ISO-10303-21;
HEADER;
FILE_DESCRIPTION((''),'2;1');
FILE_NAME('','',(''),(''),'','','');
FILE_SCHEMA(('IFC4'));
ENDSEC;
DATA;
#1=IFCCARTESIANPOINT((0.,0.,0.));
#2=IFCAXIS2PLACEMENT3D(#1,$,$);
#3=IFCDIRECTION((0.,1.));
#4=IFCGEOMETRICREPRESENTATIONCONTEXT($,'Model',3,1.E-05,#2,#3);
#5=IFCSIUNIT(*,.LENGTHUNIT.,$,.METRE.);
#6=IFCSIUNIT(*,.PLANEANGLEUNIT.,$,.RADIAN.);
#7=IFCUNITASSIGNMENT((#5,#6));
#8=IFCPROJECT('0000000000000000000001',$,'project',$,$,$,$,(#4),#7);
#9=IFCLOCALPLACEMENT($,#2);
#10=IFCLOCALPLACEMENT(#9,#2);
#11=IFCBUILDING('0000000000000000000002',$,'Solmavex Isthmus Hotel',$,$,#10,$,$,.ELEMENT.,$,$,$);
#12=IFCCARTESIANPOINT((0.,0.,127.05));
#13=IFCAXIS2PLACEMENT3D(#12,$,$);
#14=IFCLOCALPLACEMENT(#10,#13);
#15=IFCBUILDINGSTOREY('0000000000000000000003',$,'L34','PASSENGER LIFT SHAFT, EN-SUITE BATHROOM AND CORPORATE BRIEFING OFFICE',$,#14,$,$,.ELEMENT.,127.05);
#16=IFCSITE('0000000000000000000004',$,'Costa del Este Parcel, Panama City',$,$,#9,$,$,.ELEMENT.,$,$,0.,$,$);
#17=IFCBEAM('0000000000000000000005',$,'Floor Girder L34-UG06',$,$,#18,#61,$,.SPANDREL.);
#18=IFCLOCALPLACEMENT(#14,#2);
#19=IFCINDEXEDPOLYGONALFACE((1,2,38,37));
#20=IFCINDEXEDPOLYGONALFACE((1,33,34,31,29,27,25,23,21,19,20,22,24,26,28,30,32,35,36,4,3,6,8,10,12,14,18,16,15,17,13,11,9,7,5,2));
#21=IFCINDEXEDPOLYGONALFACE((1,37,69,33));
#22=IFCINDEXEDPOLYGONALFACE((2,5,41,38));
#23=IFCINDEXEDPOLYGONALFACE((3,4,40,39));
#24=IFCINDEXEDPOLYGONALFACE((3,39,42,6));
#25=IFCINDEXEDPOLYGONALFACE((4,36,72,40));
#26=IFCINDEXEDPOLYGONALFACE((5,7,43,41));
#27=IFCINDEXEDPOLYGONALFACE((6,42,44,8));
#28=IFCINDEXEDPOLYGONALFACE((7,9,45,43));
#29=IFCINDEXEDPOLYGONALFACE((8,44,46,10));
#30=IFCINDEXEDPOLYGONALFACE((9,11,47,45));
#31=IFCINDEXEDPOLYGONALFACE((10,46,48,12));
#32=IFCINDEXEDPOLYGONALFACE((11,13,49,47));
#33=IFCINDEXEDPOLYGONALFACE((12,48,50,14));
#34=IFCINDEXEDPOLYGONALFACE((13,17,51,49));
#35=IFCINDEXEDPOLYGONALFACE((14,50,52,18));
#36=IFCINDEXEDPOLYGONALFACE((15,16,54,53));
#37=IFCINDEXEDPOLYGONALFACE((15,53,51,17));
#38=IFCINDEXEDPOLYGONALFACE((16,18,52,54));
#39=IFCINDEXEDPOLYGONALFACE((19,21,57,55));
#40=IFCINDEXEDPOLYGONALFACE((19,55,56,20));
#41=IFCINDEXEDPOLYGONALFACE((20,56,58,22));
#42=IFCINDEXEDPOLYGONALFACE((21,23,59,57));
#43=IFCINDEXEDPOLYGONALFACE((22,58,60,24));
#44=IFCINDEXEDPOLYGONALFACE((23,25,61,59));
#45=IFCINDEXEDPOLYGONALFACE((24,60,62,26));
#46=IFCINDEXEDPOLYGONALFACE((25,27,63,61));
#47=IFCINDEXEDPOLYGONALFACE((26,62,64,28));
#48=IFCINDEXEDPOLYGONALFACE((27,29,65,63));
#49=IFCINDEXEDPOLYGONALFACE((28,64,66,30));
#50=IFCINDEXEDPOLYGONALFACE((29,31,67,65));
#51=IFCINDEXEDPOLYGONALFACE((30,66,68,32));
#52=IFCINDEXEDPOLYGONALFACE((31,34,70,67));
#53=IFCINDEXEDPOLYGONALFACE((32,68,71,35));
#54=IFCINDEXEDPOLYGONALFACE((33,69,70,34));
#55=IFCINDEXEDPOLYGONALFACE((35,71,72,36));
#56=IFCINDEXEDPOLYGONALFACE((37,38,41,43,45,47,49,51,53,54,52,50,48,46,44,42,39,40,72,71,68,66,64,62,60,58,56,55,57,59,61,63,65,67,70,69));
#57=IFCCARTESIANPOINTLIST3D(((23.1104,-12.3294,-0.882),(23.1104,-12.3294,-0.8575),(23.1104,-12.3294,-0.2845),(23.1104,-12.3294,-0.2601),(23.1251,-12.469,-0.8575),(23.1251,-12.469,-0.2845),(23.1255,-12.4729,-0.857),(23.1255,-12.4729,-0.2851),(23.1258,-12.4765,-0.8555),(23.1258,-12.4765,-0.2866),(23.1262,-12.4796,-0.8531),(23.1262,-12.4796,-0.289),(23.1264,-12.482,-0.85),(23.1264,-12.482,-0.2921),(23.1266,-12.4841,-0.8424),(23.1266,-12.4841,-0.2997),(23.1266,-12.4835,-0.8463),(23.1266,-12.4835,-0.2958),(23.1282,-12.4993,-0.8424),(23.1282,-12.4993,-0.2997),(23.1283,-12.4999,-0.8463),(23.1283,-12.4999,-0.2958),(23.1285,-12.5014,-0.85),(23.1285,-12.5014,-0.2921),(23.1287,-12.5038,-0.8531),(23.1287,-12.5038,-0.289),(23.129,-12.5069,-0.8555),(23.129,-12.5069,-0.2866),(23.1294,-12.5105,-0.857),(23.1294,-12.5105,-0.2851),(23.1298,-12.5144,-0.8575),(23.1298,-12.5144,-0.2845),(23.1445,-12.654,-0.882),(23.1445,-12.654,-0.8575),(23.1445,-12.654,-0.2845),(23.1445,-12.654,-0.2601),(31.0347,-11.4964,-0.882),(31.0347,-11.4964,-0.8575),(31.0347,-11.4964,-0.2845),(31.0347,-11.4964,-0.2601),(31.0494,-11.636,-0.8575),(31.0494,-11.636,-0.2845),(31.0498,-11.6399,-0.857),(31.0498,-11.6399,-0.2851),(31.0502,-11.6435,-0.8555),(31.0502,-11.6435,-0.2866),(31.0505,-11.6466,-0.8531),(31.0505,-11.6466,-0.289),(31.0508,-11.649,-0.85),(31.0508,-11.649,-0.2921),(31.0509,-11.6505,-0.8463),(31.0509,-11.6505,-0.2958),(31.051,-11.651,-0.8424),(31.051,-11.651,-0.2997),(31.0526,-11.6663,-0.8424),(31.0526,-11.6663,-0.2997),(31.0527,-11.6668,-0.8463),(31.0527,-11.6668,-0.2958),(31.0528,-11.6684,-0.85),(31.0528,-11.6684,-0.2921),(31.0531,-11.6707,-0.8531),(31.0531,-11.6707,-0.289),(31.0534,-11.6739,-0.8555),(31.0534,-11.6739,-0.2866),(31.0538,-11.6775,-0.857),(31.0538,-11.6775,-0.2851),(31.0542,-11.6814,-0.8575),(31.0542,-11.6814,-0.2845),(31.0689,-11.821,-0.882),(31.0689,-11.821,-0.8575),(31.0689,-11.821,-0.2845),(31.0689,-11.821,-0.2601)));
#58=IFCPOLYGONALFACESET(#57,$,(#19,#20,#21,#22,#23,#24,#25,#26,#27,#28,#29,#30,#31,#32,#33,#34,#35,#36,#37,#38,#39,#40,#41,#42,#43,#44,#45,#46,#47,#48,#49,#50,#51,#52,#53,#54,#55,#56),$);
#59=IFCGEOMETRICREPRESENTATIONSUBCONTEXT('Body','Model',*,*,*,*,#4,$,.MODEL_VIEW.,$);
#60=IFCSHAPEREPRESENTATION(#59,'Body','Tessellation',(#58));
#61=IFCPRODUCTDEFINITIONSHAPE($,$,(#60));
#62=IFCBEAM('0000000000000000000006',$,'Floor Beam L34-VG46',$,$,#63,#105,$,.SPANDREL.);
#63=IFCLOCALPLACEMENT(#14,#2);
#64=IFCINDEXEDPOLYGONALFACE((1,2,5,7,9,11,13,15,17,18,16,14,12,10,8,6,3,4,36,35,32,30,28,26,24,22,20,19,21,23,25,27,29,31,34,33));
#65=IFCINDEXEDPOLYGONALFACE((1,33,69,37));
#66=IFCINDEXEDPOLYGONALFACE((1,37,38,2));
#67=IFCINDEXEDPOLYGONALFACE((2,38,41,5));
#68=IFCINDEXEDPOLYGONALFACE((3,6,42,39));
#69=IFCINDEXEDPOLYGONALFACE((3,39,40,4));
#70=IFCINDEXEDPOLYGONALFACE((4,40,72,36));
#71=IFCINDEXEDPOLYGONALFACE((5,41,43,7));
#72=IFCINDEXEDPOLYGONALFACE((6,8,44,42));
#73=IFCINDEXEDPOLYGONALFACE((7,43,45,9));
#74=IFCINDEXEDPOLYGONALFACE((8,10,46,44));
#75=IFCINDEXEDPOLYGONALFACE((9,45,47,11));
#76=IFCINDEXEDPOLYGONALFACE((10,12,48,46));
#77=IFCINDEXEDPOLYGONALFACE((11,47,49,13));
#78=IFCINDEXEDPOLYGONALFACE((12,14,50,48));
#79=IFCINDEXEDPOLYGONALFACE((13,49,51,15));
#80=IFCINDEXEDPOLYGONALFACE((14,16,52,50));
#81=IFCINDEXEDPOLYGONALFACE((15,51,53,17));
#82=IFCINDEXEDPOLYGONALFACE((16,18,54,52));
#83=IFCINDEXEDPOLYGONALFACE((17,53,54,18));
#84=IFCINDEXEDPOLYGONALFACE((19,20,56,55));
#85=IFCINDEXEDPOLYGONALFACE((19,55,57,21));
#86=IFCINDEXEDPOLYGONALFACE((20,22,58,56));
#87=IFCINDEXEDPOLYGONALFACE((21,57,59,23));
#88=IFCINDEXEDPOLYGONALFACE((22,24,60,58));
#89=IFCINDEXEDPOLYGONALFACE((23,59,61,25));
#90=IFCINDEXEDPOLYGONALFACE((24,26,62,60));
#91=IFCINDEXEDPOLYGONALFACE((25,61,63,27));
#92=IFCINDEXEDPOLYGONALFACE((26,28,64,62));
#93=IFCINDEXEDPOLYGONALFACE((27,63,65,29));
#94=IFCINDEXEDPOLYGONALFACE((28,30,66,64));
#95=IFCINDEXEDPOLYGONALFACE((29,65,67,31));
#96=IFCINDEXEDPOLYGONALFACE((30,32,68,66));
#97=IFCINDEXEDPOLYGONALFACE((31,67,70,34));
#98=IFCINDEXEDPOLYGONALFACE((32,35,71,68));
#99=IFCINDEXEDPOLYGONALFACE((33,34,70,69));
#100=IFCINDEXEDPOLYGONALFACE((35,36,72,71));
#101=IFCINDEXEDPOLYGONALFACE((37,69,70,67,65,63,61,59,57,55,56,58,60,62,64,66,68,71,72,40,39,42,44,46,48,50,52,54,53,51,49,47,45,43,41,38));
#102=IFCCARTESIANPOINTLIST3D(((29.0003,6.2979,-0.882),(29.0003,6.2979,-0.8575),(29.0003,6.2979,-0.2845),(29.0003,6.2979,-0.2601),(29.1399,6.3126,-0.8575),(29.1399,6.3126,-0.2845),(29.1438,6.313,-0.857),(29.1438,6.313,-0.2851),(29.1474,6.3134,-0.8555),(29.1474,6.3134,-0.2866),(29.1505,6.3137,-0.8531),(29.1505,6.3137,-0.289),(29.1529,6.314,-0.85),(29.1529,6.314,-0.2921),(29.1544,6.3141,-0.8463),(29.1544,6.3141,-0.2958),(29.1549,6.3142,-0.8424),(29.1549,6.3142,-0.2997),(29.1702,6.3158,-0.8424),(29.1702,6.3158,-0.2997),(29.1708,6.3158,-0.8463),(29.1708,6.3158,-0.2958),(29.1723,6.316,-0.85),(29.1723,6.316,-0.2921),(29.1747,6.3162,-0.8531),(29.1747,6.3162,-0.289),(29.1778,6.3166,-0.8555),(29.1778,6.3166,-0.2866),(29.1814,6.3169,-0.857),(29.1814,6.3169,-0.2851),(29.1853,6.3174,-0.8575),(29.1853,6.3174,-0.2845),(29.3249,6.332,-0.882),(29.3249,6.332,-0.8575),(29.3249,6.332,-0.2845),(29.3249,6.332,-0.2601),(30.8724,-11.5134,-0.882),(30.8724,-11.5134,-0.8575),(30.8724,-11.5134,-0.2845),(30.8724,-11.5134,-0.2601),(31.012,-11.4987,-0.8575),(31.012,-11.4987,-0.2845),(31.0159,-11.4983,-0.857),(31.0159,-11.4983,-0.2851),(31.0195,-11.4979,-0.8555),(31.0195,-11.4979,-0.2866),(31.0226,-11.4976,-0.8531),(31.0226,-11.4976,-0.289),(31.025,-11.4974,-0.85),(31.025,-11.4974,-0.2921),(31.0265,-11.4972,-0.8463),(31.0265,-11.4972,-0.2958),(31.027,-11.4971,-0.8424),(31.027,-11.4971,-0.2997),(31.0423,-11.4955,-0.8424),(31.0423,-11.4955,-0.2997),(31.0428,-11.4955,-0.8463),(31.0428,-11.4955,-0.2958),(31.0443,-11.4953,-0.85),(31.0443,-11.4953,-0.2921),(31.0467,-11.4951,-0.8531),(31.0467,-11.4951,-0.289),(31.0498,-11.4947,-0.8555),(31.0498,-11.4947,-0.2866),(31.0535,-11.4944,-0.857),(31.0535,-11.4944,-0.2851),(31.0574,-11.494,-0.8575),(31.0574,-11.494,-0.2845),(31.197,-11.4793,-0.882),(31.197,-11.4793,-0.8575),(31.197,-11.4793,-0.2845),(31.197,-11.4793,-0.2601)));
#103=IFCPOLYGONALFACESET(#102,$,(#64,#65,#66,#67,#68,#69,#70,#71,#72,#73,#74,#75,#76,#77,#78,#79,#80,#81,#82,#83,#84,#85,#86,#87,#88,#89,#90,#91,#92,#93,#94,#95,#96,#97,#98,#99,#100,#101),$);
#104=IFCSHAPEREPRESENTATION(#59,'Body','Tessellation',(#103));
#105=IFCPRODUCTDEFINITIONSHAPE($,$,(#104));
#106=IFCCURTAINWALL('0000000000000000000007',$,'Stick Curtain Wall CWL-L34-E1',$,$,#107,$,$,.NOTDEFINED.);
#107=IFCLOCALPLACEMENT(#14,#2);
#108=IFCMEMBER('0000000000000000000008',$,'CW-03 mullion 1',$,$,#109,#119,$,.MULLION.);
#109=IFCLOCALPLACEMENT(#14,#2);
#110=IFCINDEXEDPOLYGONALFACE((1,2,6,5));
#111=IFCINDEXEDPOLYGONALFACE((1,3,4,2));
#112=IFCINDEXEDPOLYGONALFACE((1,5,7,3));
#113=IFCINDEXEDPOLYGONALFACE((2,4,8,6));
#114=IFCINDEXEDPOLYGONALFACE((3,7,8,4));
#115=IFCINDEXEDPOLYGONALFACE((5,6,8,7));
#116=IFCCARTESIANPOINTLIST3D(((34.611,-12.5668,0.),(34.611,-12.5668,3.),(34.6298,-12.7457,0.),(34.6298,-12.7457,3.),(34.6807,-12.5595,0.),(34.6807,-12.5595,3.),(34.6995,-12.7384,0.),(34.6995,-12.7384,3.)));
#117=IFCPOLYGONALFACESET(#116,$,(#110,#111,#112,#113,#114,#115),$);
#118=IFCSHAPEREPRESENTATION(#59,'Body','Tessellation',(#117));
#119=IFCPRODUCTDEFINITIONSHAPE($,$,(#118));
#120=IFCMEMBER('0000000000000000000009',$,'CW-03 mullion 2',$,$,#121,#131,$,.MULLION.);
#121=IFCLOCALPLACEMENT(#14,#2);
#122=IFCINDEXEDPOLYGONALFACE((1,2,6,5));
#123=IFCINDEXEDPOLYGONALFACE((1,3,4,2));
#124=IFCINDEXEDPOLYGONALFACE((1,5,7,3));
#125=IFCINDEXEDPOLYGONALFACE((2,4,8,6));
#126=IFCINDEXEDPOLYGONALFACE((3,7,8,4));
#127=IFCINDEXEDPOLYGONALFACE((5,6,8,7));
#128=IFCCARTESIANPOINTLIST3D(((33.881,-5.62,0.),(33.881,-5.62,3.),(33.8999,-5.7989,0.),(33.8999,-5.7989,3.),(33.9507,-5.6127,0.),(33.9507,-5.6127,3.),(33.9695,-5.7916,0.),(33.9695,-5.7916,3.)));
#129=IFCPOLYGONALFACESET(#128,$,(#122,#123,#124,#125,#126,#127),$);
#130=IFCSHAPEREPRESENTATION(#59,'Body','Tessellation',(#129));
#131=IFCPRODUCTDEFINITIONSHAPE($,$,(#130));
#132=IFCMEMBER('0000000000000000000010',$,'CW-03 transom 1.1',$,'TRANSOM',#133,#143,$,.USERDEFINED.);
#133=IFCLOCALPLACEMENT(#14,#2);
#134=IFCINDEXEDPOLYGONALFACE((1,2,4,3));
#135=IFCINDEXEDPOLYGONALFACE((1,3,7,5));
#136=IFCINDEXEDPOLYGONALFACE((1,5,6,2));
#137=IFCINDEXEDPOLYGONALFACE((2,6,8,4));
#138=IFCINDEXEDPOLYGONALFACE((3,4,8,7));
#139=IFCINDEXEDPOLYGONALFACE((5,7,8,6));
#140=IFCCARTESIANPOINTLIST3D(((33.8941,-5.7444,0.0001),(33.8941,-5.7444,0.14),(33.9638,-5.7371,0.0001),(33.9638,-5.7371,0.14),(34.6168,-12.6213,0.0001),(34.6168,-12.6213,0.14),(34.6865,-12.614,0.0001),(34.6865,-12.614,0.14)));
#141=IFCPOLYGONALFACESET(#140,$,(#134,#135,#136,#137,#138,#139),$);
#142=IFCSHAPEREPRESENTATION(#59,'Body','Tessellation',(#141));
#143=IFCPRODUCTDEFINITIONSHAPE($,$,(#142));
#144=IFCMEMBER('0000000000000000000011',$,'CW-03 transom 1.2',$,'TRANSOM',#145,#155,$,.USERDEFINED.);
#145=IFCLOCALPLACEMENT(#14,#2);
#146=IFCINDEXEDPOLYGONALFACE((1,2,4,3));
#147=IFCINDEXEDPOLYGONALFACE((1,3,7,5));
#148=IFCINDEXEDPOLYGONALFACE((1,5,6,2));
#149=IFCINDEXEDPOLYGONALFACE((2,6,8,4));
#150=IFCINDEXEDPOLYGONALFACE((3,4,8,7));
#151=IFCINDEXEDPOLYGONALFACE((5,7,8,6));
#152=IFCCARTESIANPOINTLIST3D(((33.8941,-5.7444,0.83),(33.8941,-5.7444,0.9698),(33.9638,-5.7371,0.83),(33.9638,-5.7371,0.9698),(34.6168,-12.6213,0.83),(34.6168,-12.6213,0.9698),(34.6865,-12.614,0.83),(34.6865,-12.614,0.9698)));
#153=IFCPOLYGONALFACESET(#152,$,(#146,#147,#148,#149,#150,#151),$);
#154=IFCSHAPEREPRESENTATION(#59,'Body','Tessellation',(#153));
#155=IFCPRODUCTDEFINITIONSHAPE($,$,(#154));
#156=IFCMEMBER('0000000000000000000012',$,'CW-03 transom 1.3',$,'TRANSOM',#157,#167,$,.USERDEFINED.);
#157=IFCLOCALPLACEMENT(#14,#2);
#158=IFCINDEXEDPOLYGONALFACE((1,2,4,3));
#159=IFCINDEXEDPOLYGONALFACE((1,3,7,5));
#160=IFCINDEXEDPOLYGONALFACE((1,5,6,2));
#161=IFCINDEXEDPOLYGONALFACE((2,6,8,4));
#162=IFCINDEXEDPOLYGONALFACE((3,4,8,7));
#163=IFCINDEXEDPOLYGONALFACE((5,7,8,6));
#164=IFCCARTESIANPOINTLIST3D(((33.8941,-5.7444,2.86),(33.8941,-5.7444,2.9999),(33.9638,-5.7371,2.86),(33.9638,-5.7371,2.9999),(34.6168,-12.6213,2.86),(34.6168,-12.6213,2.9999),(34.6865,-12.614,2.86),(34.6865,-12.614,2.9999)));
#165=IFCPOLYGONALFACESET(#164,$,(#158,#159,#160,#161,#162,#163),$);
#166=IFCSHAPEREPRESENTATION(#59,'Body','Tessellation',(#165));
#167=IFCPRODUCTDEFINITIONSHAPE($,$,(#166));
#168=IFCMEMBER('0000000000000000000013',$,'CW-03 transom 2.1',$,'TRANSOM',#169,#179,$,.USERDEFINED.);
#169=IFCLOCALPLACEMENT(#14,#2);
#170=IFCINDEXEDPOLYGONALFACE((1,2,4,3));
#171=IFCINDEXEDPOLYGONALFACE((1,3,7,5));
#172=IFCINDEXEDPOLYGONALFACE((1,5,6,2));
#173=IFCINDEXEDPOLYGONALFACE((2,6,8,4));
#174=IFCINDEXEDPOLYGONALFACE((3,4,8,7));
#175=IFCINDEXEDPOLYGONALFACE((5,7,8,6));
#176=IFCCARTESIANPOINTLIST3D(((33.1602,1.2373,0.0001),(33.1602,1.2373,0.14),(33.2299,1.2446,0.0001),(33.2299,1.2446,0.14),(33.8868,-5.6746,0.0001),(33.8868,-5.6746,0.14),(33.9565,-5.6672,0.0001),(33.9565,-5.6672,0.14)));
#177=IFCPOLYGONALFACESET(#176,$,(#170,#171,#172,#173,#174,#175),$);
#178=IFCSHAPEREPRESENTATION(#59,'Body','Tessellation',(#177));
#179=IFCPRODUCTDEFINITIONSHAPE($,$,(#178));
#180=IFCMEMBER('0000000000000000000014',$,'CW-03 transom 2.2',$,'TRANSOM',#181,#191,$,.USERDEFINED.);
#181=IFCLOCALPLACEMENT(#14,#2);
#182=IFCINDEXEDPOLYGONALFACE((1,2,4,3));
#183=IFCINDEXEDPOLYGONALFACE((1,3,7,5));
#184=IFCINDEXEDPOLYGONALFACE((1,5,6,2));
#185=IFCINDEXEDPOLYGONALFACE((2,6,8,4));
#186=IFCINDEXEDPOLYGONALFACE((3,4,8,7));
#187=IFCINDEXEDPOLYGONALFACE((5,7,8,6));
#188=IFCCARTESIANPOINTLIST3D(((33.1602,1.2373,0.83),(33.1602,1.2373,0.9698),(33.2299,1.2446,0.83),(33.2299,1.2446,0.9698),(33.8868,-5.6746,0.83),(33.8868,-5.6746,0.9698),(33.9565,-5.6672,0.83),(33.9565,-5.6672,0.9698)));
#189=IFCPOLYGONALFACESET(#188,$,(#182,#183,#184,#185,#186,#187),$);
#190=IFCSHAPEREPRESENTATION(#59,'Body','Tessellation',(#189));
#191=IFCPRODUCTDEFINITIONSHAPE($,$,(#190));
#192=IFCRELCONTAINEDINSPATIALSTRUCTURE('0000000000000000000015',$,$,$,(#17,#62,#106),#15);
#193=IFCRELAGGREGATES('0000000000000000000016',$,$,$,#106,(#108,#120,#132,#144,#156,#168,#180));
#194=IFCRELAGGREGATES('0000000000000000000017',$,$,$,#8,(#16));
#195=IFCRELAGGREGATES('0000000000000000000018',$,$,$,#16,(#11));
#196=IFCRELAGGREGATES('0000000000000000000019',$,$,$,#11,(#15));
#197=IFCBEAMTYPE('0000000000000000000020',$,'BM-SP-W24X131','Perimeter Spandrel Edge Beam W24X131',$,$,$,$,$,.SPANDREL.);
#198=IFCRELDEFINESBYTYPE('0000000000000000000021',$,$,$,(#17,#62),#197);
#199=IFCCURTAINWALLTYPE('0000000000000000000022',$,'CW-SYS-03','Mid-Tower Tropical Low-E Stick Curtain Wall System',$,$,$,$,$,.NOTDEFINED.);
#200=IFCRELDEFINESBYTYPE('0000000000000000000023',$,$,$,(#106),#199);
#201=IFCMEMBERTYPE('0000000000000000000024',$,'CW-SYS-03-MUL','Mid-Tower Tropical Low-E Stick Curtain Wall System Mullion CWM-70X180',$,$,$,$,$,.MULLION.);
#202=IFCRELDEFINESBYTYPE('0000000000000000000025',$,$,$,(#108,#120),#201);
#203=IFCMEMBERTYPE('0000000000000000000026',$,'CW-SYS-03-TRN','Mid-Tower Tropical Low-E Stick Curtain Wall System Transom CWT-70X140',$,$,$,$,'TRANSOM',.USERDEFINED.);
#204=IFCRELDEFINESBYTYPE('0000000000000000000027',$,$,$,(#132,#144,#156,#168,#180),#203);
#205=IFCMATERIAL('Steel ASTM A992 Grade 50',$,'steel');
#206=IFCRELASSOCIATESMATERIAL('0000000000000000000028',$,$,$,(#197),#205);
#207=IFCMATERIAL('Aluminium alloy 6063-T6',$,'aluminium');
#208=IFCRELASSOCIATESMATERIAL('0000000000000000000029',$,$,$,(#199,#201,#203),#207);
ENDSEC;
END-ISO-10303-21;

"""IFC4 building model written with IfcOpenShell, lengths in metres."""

from ifc_helpers import new_model, si_unit, direction, frame, origin, origin_2d, place, context, subcontext, project, spatial, rectangle, i_section, extrude, material, material_profile, profile_set, type_object, element, aggregate, save


model = new_model("IFC4")

# Units and contexts
model_context = context("Model", 3, precision=1e-05, world=origin(), true_north=direction((0.0, 1.0)))
body_context = subcontext(model_context, "Body", "Model", "MODEL_VIEW")
ifc_project = project(units=[si_unit("LENGTHUNIT", "METRE"), si_unit("PLANEANGLEUNIT", "RADIAN")], contexts=[model_context])

# Site, building, storey
site_placement = place(None, origin())
site = spatial("IfcSite", under=ifc_project, at=site_placement, Name="Costa del Este Parcel, Panama City", CompositionType="ELEMENT", RefElevation=0.0)
building_placement = place(site_placement, origin())
building = spatial("IfcBuilding", under=site, at=building_placement, Name="Solmavex Isthmus Hotel", CompositionType="ELEMENT")
storey_placement = place(building_placement, frame((0.0, 0.0, 127.05)))
storey = spatial("IfcBuildingStorey", under=building, at=storey_placement, Name="L34", Description="PASSENGER LIFT SHAFT, EN-SUITE BATHROOM AND CORPORATE BRIEFING OFFICE", CompositionType="ELEMENT", Elevation=127.05)

# Beams
ifc_material_1 = material(Name="Steel ASTM A992 Grade 50", Category="steel")
ifc_material_profile_1 = material_profile(ifc_material_1, i_section(OverallWidth=0.3264, OverallDepth=0.6218, WebThickness=0.0154, FlangeThickness=0.0244, FilletRadius=0.0151, at=origin_2d()), Name="W24X131")
ifc_profile_set_1 = profile_set([ifc_material_profile_1], Name="Steel ASTM A992 Grade 50")
beam_type_1 = type_object("IfcBeamType", Name="BM-SP-W24X131", Description="Perimeter Spandrel Edge Beam W24X131", PredefinedType="SPANDREL", material=ifc_profile_set_1)
beam_1_placement = place(storey_placement, frame((23.1274, -12.4917, -0.571), z_axis=(0.99452, 0.104544, 0.0), x_axis=(-0.104544, 0.99452, 0.0)))
element("IfcBeam", 1, at=beam_1_placement, inside=storey, type_object=beam_type_1, Name="Floor Girder L34-UG06", PredefinedType="SPANDREL", context=body_context, shape_type="SweptSolid", body=[
    extrude(i_section(OverallWidth=0.3264, OverallDepth=0.6218, WebThickness=0.0154, FlangeThickness=0.0244, FilletRadius=0.0151, at=origin_2d()), origin(), (0.0, 0.0, 1.0), 7.968),
])
beam_2_placement = place(storey_placement, frame((31.0347, -11.4963, -0.571), z_axis=(-0.10453, 0.994522, 0.0), x_axis=(-0.994522, -0.10453, 0.0)))
element("IfcBeam", 2, at=beam_2_placement, inside=storey, type_object=beam_type_1, Name="Floor Beam L34-VG46", PredefinedType="SPANDREL", context=body_context, shape_type="SweptSolid", body=[
    extrude(i_section(OverallWidth=0.3264, OverallDepth=0.6218, WebThickness=0.0154, FlangeThickness=0.0244, FilletRadius=0.0151, at=origin_2d()), origin(), (0.0, 0.0, 1.0), 17.9094),
])

# Curtain wall, members
ifc_material_2 = material(Name="Aluminium alloy 6063-T6", Category="aluminium")
curtain_wall_type = type_object("IfcCurtainWallType", Name="CW-SYS-03", Description="Mid-Tower Tropical Low-E Stick Curtain Wall System", PredefinedType="NOTDEFINED", material=ifc_material_2)
curtain_wall_placement = place(storey_placement, origin())
curtain_wall = element("IfcCurtainWall", 3, at=curtain_wall_placement, inside=storey, type_object=curtain_wall_type, Name="Stick Curtain Wall CWL-L34-E1", PredefinedType="NOTDEFINED")
ifc_material_profile_2 = material_profile(ifc_material_2, rectangle(XDim=0.0701, YDim=0.1799, at=origin_2d()), Name="CWM-70X180")
ifc_profile_set_2 = profile_set([ifc_material_profile_2], Name="Aluminium alloy 6063-T6")
member_type_1 = type_object("IfcMemberType", Name="CW-SYS-03-MUL", Description="Mid-Tower Tropical Low-E Stick Curtain Wall System Mullion CWM-70X180", PredefinedType="MULLION", material=ifc_profile_set_2)
member_1_placement = place(storey_placement, frame((34.6553, -12.6526, 0.0), z_axis=(0.0, 0.0, 1.0), x_axis=(-0.994522, -0.104528, 0.0)))
member_1 = element("IfcMember", 4, at=member_1_placement, type_object=member_type_1, Name="CW-03 mullion 1", PredefinedType="MULLION", context=body_context, shape_type="SweptSolid", body=[
    extrude(rectangle(XDim=0.0701, YDim=0.1799, at=origin_2d()), origin(), (0.0, 0.0, 1.0), 3.0),
])
member_2_placement = place(storey_placement, frame((33.9253, -5.7058, 0.0), z_axis=(0.0, 0.0, 1.0), x_axis=(-0.994522, -0.104528, 0.0)))
member_2 = element("IfcMember", 5, at=member_2_placement, type_object=member_type_1, Name="CW-03 mullion 2", PredefinedType="MULLION", context=body_context, shape_type="SweptSolid", body=[
    extrude(rectangle(XDim=0.0701, YDim=0.1799, at=origin_2d()), origin(), (0.0, 0.0, 1.0), 3.0),
])
ifc_material_profile_3 = material_profile(ifc_material_2, rectangle(XDim=0.0701, YDim=0.1399, at=origin_2d()), Name="CWT-70X140")
ifc_profile_set_3 = profile_set([ifc_material_profile_3], Name="Aluminium alloy 6063-T6")
member_type_2 = type_object("IfcMemberType", Name="CW-SYS-03-TRN", Description="Mid-Tower Tropical Low-E Stick Curtain Wall System Transom CWT-70X140", ElementType="TRANSOM", PredefinedType="USERDEFINED", material=ifc_profile_set_3)
member_3_placement = place(storey_placement, frame((34.6516, -12.6177, 0.0701), z_axis=(-0.104508, 0.994524, 0.0), x_axis=(-0.994524, -0.104508, 0.0)))
member_3 = element("IfcMember", 6, at=member_3_placement, type_object=member_type_2, Name="CW-03 transom 1.1", ObjectType="TRANSOM", PredefinedType="USERDEFINED", context=body_context, shape_type="SweptSolid", body=[
    extrude(rectangle(XDim=0.0701, YDim=0.1399, at=origin_2d()), origin(), (0.0, 0.0, 1.0), 6.9148),
])
member_4_placement = place(storey_placement, frame((34.6516, -12.6177, 0.8999), z_axis=(-0.104508, 0.994524, 0.0), x_axis=(-0.994524, -0.104508, 0.0)))
member_4 = element("IfcMember", 7, at=member_4_placement, type_object=member_type_2, Name="CW-03 transom 1.2", ObjectType="TRANSOM", PredefinedType="USERDEFINED", context=body_context, shape_type="SweptSolid", body=[
    extrude(rectangle(XDim=0.0701, YDim=0.1399, at=origin_2d()), origin(), (0.0, 0.0, 1.0), 6.9148),
])
member_5_placement = place(storey_placement, frame((34.6516, -12.6177, 2.9299), z_axis=(-0.104508, 0.994524, 0.0), x_axis=(-0.994524, -0.104508, 0.0)))
member_5 = element("IfcMember", 8, at=member_5_placement, type_object=member_type_2, Name="CW-03 transom 1.3", ObjectType="TRANSOM", PredefinedType="USERDEFINED", context=body_context, shape_type="SweptSolid", body=[
    extrude(rectangle(XDim=0.0701, YDim=0.1399, at=origin_2d()), origin(), (0.0, 0.0, 1.0), 6.9148),
])
member_6_placement = place(storey_placement, frame((33.9216, -5.6709, 0.0701), z_axis=(-0.104542, 0.99452, 0.0), x_axis=(-0.99452, -0.104542, 0.0)))
member_6 = element("IfcMember", 9, at=member_6_placement, type_object=member_type_2, Name="CW-03 transom 2.1", ObjectType="TRANSOM", PredefinedType="USERDEFINED", context=body_context, shape_type="SweptSolid", body=[
    extrude(rectangle(XDim=0.0701, YDim=0.1399, at=origin_2d()), origin(), (0.0, 0.0, 1.0), 6.95),
])
member_7_placement = place(storey_placement, frame((33.9216, -5.6709, 0.8999), z_axis=(-0.104542, 0.99452, 0.0), x_axis=(-0.99452, -0.104542, 0.0)))
member_7 = element("IfcMember", 10, at=member_7_placement, type_object=member_type_2, Name="CW-03 transom 2.2", ObjectType="TRANSOM", PredefinedType="USERDEFINED", context=body_context, shape_type="SweptSolid", body=[
    extrude(rectangle(XDim=0.0701, YDim=0.1399, at=origin_2d()), origin(), (0.0, 0.0, 1.0), 6.95),
])
aggregate(curtain_wall, [member_1, member_2, member_3, member_4, member_5, member_6, member_7])

save(model, "model.ifc")
